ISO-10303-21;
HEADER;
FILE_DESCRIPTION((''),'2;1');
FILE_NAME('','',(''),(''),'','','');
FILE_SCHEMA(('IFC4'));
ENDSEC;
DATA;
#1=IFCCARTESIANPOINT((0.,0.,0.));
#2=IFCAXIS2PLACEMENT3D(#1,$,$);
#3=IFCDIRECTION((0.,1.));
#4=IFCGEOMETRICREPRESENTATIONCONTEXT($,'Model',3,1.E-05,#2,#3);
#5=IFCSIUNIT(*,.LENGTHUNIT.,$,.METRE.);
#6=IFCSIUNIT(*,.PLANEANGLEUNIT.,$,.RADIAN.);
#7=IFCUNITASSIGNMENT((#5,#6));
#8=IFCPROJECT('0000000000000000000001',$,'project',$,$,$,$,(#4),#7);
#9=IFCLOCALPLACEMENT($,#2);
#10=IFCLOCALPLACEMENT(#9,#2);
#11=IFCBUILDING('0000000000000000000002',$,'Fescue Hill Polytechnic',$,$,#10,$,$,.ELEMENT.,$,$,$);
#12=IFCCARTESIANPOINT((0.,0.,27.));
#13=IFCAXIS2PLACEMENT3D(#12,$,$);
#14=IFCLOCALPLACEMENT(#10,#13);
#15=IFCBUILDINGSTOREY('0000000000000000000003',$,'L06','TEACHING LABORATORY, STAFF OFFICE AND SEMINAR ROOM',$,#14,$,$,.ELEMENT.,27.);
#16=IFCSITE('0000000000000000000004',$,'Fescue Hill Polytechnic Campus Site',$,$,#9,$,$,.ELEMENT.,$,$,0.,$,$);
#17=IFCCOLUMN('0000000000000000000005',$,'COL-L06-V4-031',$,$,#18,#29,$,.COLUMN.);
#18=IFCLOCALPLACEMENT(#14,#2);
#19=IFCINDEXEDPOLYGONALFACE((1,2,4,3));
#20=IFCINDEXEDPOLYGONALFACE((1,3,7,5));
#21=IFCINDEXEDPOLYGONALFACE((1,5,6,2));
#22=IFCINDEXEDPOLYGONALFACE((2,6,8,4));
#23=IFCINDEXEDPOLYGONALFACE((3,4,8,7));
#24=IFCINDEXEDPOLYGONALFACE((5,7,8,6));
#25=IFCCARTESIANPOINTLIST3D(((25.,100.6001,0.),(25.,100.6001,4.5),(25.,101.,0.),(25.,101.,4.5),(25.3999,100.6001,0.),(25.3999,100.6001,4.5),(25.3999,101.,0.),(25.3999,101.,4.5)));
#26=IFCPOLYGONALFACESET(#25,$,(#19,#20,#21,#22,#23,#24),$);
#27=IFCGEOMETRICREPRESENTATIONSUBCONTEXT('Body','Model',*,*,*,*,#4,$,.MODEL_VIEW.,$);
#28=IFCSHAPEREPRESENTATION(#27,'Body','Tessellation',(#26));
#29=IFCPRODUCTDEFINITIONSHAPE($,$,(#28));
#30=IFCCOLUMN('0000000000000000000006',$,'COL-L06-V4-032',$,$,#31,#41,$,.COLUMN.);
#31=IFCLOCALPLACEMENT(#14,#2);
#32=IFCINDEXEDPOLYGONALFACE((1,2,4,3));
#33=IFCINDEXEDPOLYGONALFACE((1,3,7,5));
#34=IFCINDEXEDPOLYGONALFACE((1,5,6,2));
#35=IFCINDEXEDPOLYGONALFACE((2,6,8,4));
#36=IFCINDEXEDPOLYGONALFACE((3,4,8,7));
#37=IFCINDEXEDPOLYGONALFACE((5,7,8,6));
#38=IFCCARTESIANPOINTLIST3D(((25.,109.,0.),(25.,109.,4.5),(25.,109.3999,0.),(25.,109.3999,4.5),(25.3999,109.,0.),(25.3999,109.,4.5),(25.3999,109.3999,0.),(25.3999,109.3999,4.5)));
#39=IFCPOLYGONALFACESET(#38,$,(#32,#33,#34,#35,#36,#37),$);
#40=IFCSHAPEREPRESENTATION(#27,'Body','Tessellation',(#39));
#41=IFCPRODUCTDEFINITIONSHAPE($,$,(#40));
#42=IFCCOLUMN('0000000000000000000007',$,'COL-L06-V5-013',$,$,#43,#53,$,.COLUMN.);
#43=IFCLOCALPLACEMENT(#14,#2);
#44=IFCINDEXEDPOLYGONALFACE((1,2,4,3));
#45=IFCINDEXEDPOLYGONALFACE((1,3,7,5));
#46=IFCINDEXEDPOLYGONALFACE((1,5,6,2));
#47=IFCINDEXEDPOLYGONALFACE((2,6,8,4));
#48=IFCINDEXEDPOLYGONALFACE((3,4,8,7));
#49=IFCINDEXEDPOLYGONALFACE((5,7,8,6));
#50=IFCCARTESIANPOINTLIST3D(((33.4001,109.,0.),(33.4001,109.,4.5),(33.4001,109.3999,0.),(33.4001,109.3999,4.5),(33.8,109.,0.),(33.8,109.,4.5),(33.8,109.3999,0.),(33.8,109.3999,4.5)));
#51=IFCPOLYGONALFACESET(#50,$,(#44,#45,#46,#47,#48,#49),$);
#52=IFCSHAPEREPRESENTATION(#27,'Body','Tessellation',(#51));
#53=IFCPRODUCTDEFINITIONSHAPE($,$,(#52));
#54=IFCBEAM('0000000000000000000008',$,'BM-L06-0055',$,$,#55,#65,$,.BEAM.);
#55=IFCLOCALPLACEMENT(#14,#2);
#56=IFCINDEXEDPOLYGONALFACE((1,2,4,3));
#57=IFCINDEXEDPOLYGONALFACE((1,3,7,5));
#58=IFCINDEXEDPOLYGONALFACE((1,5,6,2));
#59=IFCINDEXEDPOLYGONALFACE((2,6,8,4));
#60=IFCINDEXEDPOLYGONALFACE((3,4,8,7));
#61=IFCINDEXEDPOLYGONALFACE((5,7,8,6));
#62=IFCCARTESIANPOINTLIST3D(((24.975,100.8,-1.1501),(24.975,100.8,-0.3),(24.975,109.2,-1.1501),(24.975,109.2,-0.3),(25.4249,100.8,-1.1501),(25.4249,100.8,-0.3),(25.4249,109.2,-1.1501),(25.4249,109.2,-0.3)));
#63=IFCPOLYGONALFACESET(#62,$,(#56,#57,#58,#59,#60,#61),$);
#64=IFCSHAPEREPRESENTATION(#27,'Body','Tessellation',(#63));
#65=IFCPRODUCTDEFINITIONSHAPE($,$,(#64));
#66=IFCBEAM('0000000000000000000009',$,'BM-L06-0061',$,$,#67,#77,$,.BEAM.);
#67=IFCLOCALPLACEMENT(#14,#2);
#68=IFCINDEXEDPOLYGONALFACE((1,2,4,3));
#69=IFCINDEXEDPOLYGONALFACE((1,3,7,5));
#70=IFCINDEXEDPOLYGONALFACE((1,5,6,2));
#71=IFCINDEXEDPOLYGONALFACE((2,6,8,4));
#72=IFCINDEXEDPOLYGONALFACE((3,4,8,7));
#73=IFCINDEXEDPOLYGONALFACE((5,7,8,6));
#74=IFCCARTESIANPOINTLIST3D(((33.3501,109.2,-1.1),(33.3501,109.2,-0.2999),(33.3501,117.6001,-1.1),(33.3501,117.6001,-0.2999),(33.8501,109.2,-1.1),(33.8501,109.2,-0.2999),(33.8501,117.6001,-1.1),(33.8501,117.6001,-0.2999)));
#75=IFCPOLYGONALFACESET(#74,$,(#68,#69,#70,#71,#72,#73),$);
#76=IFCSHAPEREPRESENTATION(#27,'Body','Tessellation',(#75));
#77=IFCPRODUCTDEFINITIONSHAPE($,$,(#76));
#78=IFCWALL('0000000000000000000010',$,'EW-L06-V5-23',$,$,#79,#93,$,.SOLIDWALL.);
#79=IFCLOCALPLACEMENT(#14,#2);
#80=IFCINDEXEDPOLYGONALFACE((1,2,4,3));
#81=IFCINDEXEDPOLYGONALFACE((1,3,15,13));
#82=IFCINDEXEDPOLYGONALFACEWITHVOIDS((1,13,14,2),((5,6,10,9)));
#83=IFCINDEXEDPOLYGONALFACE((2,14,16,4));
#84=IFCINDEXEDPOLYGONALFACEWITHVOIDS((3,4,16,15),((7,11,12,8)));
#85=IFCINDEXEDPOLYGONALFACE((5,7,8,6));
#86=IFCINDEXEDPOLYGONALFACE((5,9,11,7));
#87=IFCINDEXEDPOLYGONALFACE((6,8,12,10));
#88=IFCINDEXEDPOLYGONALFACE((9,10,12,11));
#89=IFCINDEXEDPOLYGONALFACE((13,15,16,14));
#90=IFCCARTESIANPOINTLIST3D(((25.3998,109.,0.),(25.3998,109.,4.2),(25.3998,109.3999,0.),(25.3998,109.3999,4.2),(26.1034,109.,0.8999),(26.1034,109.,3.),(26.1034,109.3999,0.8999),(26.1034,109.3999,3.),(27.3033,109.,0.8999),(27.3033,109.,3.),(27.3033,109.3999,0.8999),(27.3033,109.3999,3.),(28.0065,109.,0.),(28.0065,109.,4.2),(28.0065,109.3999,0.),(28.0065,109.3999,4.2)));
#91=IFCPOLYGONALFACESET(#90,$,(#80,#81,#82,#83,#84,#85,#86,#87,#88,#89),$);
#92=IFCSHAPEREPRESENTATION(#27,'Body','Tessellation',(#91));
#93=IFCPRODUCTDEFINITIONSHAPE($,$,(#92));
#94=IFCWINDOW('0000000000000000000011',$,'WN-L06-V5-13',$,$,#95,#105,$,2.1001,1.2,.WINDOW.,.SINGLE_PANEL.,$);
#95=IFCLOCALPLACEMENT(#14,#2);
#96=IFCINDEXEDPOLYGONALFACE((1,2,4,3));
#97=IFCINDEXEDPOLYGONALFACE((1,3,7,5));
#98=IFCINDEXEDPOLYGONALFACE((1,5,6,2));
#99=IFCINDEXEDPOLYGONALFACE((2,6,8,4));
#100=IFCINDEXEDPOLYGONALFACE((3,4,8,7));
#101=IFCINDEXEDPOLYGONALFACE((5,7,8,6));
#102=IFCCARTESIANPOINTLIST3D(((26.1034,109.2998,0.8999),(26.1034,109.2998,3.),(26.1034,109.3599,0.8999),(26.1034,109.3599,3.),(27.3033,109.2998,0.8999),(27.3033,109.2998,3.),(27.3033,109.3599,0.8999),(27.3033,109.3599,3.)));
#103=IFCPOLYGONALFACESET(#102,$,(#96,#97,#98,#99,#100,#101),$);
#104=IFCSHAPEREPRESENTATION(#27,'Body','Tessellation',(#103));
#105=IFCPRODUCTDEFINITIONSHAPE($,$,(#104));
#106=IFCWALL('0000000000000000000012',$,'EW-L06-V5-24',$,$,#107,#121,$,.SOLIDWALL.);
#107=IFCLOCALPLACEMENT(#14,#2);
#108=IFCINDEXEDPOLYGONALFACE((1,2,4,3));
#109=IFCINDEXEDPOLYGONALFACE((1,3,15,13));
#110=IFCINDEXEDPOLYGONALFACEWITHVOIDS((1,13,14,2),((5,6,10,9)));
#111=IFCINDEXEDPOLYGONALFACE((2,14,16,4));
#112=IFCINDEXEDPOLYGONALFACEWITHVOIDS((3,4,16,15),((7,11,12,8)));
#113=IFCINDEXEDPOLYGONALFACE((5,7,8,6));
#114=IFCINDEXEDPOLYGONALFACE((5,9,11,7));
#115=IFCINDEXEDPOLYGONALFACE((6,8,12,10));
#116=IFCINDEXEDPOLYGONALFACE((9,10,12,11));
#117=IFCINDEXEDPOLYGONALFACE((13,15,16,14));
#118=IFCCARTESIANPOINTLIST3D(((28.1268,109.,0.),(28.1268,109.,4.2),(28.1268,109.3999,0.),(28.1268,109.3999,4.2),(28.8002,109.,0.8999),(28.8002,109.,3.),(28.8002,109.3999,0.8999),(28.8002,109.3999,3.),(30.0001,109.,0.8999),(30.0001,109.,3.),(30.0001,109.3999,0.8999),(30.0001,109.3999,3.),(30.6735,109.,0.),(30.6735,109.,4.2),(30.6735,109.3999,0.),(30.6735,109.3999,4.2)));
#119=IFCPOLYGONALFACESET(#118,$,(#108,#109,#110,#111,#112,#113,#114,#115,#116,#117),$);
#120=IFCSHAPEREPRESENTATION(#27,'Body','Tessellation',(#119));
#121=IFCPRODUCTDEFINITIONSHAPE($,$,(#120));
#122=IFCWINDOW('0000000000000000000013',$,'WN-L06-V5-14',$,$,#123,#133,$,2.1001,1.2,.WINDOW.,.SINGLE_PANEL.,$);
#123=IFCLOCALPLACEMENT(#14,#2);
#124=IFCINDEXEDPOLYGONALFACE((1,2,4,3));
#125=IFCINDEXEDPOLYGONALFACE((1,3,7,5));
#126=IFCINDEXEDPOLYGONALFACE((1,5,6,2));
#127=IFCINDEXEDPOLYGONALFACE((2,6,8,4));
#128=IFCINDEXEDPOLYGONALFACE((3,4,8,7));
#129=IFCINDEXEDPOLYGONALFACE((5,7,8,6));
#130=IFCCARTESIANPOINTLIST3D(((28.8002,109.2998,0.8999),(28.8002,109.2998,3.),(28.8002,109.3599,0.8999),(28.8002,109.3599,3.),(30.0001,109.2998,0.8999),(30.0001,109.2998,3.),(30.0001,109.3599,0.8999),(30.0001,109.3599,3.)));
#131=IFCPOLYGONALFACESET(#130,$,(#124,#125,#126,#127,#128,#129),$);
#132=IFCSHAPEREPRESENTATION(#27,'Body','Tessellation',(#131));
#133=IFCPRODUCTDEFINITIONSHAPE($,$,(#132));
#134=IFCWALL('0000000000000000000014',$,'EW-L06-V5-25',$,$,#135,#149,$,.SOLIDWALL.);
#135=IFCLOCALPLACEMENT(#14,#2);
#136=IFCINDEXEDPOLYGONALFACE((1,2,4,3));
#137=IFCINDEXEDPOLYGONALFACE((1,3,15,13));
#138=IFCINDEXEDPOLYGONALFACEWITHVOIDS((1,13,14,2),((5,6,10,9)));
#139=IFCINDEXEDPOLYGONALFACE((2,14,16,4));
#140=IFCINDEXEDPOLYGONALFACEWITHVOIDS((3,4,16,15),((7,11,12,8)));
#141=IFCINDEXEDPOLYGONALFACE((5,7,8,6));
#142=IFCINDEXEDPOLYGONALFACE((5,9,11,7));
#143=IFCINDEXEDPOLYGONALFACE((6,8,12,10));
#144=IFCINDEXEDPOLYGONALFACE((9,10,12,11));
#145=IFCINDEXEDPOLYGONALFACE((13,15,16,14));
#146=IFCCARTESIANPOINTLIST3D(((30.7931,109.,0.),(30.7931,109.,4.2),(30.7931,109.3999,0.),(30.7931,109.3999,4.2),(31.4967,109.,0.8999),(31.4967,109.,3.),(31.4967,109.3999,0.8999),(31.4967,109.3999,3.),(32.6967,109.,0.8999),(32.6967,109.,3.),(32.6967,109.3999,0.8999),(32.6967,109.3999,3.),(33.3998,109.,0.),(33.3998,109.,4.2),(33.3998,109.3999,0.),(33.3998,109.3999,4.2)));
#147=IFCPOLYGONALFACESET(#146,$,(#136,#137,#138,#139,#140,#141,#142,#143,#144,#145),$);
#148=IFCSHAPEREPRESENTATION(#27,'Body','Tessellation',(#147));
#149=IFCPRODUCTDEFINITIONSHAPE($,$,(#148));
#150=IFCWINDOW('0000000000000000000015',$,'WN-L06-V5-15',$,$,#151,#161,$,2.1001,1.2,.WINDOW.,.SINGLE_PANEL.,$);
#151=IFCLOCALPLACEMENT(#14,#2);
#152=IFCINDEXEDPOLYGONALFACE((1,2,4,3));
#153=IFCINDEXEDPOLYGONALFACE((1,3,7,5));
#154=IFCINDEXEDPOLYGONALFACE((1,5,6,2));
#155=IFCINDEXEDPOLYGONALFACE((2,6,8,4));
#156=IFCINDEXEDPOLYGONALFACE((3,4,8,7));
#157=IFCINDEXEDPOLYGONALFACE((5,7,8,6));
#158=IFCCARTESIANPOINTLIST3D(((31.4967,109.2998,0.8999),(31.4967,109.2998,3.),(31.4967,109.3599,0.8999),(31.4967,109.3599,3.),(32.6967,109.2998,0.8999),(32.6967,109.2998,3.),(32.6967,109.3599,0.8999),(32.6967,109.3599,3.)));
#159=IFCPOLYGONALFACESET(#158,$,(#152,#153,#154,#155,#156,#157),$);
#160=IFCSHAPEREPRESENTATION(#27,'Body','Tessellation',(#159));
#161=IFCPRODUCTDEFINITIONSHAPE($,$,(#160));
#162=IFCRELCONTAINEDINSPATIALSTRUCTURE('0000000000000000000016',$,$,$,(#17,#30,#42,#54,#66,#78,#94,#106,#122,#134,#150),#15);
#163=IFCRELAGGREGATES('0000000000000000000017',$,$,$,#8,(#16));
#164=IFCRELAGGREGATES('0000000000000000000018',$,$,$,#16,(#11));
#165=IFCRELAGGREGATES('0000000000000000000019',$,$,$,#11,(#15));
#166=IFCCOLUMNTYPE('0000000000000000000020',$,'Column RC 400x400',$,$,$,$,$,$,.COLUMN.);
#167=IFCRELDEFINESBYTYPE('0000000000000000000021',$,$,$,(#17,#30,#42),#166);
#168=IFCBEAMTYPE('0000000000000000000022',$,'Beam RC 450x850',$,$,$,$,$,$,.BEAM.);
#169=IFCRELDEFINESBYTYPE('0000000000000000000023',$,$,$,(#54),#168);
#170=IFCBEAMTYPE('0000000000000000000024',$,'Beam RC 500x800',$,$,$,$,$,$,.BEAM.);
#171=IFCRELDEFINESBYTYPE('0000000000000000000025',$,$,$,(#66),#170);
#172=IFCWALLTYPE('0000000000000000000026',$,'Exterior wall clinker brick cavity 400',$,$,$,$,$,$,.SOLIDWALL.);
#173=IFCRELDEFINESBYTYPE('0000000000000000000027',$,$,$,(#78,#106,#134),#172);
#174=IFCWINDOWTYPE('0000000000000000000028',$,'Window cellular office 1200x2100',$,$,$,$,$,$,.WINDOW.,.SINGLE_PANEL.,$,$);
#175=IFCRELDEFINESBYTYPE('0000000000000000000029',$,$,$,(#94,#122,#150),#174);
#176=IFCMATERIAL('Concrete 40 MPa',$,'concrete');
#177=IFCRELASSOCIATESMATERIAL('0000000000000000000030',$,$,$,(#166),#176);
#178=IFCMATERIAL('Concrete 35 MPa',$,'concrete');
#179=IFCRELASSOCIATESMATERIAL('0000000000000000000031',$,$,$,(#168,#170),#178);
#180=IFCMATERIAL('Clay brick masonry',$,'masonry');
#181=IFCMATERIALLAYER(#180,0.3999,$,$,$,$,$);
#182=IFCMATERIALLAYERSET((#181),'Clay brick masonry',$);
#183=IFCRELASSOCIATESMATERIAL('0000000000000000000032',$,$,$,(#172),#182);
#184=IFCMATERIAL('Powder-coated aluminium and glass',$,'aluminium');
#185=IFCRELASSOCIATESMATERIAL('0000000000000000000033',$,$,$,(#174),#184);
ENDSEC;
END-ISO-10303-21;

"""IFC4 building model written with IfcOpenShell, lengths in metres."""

from ifc_helpers import new_model, si_unit, direction, frame, frame_2d, origin, origin_2d, place, context, subcontext, project, spatial, rectangle, extrude, material, layer, layer_set, material_profile, profile_set, type_object, element, fill, save


model = new_model("IFC4")

# Units and contexts
model_context = context("Model", 3, precision=1e-05, world=origin(), true_north=direction((0.0, 1.0)))
body_context = subcontext(model_context, "Body", "Model", "MODEL_VIEW")
ifc_project = project(units=[si_unit("LENGTHUNIT", "METRE"), si_unit("PLANEANGLEUNIT", "RADIAN")], contexts=[model_context])

# Site, building, storey
site_placement = place(None, origin())
site = spatial("IfcSite", under=ifc_project, at=site_placement, Name="Fescue Hill Polytechnic Campus Site", CompositionType="ELEMENT", RefElevation=0.0)
building_placement = place(site_placement, origin())
building = spatial("IfcBuilding", under=site, at=building_placement, Name="Fescue Hill Polytechnic", CompositionType="ELEMENT")
storey_placement = place(building_placement, frame((0.0, 0.0, 27.0)))
storey = spatial("IfcBuildingStorey", under=building, at=storey_placement, Name="L06", Description="TEACHING LABORATORY, STAFF OFFICE AND SEMINAR ROOM", CompositionType="ELEMENT", Elevation=27.0)

# Columns
ifc_material_1 = material(Name="Concrete 40 MPa", Category="concrete")
ifc_material_profile_1 = material_profile(ifc_material_1, rectangle(XDim=0.3999, YDim=0.3999, at=origin_2d()), Name="RC 400x400")
ifc_profile_set_1 = profile_set([ifc_material_profile_1], Name="Concrete 40 MPa")
column_type = type_object("IfcColumnType", Name="Column RC 400x400", PredefinedType="COLUMN", material=ifc_profile_set_1)
for number, where, z_axis, x_axis, name in (
    (1, (25.2, 100.8, 0.0), (0.0, 0.0, 1.0), (1.0, 0.0, 0.0), "COL-L06-V4-031"),
    (2, (25.2, 109.2, 0.0), (0.0, 0.0, 1.0), (1.0, 0.0, 0.0), "COL-L06-V4-032"),
    (3, (33.6001, 109.2, 0.0), (0.0, 0.0, 1.0), (1.0, 0.0, 0.0), "COL-L06-V5-013"),
):
    element("IfcColumn", number, at=place(storey_placement, frame(where, z_axis=z_axis, x_axis=x_axis)), inside=storey, type_object=column_type, Name=name, PredefinedType="COLUMN", context=body_context, shape_type="SweptSolid", body=[
        extrude(rectangle(XDim=0.3999, YDim=0.3999, at=origin_2d()), origin(), (0.0, 0.0, 1.0), 4.5),
    ])

# Beams
ifc_material_2 = material(Name="Concrete 35 MPa", Category="concrete")
ifc_material_profile_2 = material_profile(ifc_material_2, rectangle(XDim=0.45, YDim=0.8501, at=origin_2d()), Name="RC 450x850")
ifc_profile_set_2 = profile_set([ifc_material_profile_2], Name="Concrete 35 MPa")
beam_type_1 = type_object("IfcBeamType", Name="Beam RC 450x850", PredefinedType="BEAM", material=ifc_profile_set_2)
beam_1_placement = place(storey_placement, frame((25.2, 100.8, -0.7251), z_axis=(0.0, 1.0, 0.0), x_axis=(-1.0, 0.0, 0.0)))
element("IfcBeam", 4, at=beam_1_placement, inside=storey, type_object=beam_type_1, Name="BM-L06-0055", PredefinedType="BEAM", context=body_context, shape_type="SweptSolid", body=[
    extrude(rectangle(XDim=0.45, YDim=0.8501, at=origin_2d()), origin(), (0.0, 0.0, 1.0), 8.3999),
])
ifc_material_profile_3 = material_profile(ifc_material_2, rectangle(XDim=0.5, YDim=0.8, at=origin_2d()), Name="RC 500x800")
ifc_profile_set_3 = profile_set([ifc_material_profile_3], Name="Concrete 35 MPa")
beam_type_2 = type_object("IfcBeamType", Name="Beam RC 500x800", PredefinedType="BEAM", material=ifc_profile_set_3)
beam_2_placement = place(storey_placement, frame((33.6001, 109.2, -0.7), z_axis=(0.0, 1.0, 0.0), x_axis=(-1.0, 0.0, 0.0)))
element("IfcBeam", 5, at=beam_2_placement, inside=storey, type_object=beam_type_2, Name="BM-L06-0061", PredefinedType="BEAM", context=body_context, shape_type="SweptSolid", body=[
    extrude(rectangle(XDim=0.5, YDim=0.8, at=origin_2d()), origin(), (0.0, 0.0, 1.0), 8.4001),
])

# Walls, openings, windows
ifc_material_3 = material(Name="Clay brick masonry", Category="masonry")
ifc_layer_1 = layer(ifc_material_3, 0.3999)
ifc_layer_set_1 = layer_set([ifc_layer_1], Name="Clay brick masonry")
wall_type_1 = type_object("IfcWallType", Name="Exterior wall clinker brick cavity 400", PredefinedType="SOLIDWALL", material=ifc_layer_set_1)
wall_1_placement = place(storey_placement, frame((25.3999, 109.2, 0.0), z_axis=(0.0, 0.0, 1.0), x_axis=(1.0, 0.0, 0.0)))
wall_1 = element("IfcWall", 6, at=wall_1_placement, inside=storey, type_object=wall_type_1, Name="EW-L06-V5-23", PredefinedType="SOLIDWALL", context=body_context, shape_type="SweptSolid", body=[
    extrude(rectangle(XDim=2.6067, YDim=0.3999, at=frame_2d((1.3032, 0.0))), origin(), (0.0, 0.0, 1.0), 4.2),
])
opening_1_placement = place(wall_1_placement, frame((0.7034, 0.0, 0.8999)))
opening_1 = element("IfcOpeningElement", 7, at=opening_1_placement, cuts=wall_1, PredefinedType="OPENING", context=body_context, shape_type="SweptSolid", body=[
    extrude(rectangle(XDim=1.2, YDim=2.1001, at=frame_2d((0.6001, 1.05))), frame((0.0, 0.21, 0.0), z_axis=(0.0, -1.0, 0.0), x_axis=(1.0, 0.0, 0.0)), (0.0, 0.0, 1.0), 0.4199),
])
ifc_material_4 = material(Name="Powder-coated aluminium and glass", Category="aluminium")
window_type = type_object("IfcWindowType", Name="Window cellular office 1200x2100", PartitioningType="SINGLE_PANEL", PredefinedType="WINDOW", material=ifc_material_4)
window_1_placement = place(opening_1_placement, origin())
window_1 = element("IfcWindow", 8, at=window_1_placement, inside=storey, type_object=window_type, Name="WN-L06-V5-13", OverallHeight=2.1001, OverallWidth=1.2, PartitioningType="SINGLE_PANEL", PredefinedType="WINDOW", context=body_context, shape_type="SweptSolid", body=[
    extrude(rectangle(XDim=1.2, YDim=2.1001, at=frame_2d((0.6001, 1.05))), frame((0.0, 0.1599, 0.0), z_axis=(0.0, -1.0, 0.0), x_axis=(1.0, 0.0, 0.0)), (0.0, 0.0, 1.0), 0.0601),
])
fill(opening_1, window_1)
wall_2_placement = place(storey_placement, frame((28.1267, 109.2, 0.0), z_axis=(0.0, 0.0, 1.0), x_axis=(1.0, 0.0, 0.0)))
wall_2 = element("IfcWall", 9, at=wall_2_placement, inside=storey, type_object=wall_type_1, Name="EW-L06-V5-24", PredefinedType="SOLIDWALL", context=body_context, shape_type="SweptSolid", body=[
    extrude(rectangle(XDim=2.5466, YDim=0.3999, at=frame_2d((1.2734, 0.0))), origin(), (0.0, 0.0, 1.0), 4.2),
])
opening_2_placement = place(wall_2_placement, frame((0.6733, 0.0, 0.8999)))
opening_2 = element("IfcOpeningElement", 10, at=opening_2_placement, cuts=wall_2, PredefinedType="OPENING", context=body_context, shape_type="SweptSolid", body=[
    extrude(rectangle(XDim=1.2, YDim=2.1001, at=frame_2d((0.6001, 1.05))), frame((0.0, 0.21, 0.0), z_axis=(0.0, -1.0, 0.0), x_axis=(1.0, 0.0, 0.0)), (0.0, 0.0, 1.0), 0.4199),
])
window_2_placement = place(opening_2_placement, origin())
window_2 = element("IfcWindow", 11, at=window_2_placement, inside=storey, type_object=window_type, Name="WN-L06-V5-14", OverallHeight=2.1001, OverallWidth=1.2, PartitioningType="SINGLE_PANEL", PredefinedType="WINDOW", context=body_context, shape_type="SweptSolid", body=[
    extrude(rectangle(XDim=1.2, YDim=2.1001, at=frame_2d((0.6001, 1.05))), frame((0.0, 0.1599, 0.0), z_axis=(0.0, -1.0, 0.0), x_axis=(1.0, 0.0, 0.0)), (0.0, 0.0, 1.0), 0.0601),
])
fill(opening_2, window_2)
wall_3_placement = place(storey_placement, frame((30.7932, 109.2, 0.0), z_axis=(0.0, 0.0, 1.0), x_axis=(1.0, 0.0, 0.0)))
wall_3 = element("IfcWall", 12, at=wall_3_placement, inside=storey, type_object=wall_type_1, Name="EW-L06-V5-25", PredefinedType="SOLIDWALL", context=body_context, shape_type="SweptSolid", body=[
    extrude(rectangle(XDim=2.6067, YDim=0.3999, at=frame_2d((1.3032, 0.0))), origin(), (0.0, 0.0, 1.0), 4.2),
])
opening_3_placement = place(wall_3_placement, frame((0.7034, 0.0, 0.8999)))
opening_3 = element("IfcOpeningElement", 13, at=opening_3_placement, cuts=wall_3, PredefinedType="OPENING", context=body_context, shape_type="SweptSolid", body=[
    extrude(rectangle(XDim=1.2, YDim=2.1001, at=frame_2d((0.6001, 1.05))), frame((0.0, 0.21, 0.0), z_axis=(0.0, -1.0, 0.0), x_axis=(1.0, 0.0, 0.0)), (0.0, 0.0, 1.0), 0.4199),
])
window_3_placement = place(opening_3_placement, origin())
window_3 = element("IfcWindow", 14, at=window_3_placement, inside=storey, type_object=window_type, Name="WN-L06-V5-15", OverallHeight=2.1001, OverallWidth=1.2, PartitioningType="SINGLE_PANEL", PredefinedType="WINDOW", context=body_context, shape_type="SweptSolid", body=[
    extrude(rectangle(XDim=1.2, YDim=2.1001, at=frame_2d((0.6001, 1.05))), frame((0.0, 0.1599, 0.0), z_axis=(0.0, -1.0, 0.0), x_axis=(1.0, 0.0, 0.0)), (0.0, 0.0, 1.0), 0.0601),
])
fill(opening_3, window_3)

save(model, "model.ifc")
